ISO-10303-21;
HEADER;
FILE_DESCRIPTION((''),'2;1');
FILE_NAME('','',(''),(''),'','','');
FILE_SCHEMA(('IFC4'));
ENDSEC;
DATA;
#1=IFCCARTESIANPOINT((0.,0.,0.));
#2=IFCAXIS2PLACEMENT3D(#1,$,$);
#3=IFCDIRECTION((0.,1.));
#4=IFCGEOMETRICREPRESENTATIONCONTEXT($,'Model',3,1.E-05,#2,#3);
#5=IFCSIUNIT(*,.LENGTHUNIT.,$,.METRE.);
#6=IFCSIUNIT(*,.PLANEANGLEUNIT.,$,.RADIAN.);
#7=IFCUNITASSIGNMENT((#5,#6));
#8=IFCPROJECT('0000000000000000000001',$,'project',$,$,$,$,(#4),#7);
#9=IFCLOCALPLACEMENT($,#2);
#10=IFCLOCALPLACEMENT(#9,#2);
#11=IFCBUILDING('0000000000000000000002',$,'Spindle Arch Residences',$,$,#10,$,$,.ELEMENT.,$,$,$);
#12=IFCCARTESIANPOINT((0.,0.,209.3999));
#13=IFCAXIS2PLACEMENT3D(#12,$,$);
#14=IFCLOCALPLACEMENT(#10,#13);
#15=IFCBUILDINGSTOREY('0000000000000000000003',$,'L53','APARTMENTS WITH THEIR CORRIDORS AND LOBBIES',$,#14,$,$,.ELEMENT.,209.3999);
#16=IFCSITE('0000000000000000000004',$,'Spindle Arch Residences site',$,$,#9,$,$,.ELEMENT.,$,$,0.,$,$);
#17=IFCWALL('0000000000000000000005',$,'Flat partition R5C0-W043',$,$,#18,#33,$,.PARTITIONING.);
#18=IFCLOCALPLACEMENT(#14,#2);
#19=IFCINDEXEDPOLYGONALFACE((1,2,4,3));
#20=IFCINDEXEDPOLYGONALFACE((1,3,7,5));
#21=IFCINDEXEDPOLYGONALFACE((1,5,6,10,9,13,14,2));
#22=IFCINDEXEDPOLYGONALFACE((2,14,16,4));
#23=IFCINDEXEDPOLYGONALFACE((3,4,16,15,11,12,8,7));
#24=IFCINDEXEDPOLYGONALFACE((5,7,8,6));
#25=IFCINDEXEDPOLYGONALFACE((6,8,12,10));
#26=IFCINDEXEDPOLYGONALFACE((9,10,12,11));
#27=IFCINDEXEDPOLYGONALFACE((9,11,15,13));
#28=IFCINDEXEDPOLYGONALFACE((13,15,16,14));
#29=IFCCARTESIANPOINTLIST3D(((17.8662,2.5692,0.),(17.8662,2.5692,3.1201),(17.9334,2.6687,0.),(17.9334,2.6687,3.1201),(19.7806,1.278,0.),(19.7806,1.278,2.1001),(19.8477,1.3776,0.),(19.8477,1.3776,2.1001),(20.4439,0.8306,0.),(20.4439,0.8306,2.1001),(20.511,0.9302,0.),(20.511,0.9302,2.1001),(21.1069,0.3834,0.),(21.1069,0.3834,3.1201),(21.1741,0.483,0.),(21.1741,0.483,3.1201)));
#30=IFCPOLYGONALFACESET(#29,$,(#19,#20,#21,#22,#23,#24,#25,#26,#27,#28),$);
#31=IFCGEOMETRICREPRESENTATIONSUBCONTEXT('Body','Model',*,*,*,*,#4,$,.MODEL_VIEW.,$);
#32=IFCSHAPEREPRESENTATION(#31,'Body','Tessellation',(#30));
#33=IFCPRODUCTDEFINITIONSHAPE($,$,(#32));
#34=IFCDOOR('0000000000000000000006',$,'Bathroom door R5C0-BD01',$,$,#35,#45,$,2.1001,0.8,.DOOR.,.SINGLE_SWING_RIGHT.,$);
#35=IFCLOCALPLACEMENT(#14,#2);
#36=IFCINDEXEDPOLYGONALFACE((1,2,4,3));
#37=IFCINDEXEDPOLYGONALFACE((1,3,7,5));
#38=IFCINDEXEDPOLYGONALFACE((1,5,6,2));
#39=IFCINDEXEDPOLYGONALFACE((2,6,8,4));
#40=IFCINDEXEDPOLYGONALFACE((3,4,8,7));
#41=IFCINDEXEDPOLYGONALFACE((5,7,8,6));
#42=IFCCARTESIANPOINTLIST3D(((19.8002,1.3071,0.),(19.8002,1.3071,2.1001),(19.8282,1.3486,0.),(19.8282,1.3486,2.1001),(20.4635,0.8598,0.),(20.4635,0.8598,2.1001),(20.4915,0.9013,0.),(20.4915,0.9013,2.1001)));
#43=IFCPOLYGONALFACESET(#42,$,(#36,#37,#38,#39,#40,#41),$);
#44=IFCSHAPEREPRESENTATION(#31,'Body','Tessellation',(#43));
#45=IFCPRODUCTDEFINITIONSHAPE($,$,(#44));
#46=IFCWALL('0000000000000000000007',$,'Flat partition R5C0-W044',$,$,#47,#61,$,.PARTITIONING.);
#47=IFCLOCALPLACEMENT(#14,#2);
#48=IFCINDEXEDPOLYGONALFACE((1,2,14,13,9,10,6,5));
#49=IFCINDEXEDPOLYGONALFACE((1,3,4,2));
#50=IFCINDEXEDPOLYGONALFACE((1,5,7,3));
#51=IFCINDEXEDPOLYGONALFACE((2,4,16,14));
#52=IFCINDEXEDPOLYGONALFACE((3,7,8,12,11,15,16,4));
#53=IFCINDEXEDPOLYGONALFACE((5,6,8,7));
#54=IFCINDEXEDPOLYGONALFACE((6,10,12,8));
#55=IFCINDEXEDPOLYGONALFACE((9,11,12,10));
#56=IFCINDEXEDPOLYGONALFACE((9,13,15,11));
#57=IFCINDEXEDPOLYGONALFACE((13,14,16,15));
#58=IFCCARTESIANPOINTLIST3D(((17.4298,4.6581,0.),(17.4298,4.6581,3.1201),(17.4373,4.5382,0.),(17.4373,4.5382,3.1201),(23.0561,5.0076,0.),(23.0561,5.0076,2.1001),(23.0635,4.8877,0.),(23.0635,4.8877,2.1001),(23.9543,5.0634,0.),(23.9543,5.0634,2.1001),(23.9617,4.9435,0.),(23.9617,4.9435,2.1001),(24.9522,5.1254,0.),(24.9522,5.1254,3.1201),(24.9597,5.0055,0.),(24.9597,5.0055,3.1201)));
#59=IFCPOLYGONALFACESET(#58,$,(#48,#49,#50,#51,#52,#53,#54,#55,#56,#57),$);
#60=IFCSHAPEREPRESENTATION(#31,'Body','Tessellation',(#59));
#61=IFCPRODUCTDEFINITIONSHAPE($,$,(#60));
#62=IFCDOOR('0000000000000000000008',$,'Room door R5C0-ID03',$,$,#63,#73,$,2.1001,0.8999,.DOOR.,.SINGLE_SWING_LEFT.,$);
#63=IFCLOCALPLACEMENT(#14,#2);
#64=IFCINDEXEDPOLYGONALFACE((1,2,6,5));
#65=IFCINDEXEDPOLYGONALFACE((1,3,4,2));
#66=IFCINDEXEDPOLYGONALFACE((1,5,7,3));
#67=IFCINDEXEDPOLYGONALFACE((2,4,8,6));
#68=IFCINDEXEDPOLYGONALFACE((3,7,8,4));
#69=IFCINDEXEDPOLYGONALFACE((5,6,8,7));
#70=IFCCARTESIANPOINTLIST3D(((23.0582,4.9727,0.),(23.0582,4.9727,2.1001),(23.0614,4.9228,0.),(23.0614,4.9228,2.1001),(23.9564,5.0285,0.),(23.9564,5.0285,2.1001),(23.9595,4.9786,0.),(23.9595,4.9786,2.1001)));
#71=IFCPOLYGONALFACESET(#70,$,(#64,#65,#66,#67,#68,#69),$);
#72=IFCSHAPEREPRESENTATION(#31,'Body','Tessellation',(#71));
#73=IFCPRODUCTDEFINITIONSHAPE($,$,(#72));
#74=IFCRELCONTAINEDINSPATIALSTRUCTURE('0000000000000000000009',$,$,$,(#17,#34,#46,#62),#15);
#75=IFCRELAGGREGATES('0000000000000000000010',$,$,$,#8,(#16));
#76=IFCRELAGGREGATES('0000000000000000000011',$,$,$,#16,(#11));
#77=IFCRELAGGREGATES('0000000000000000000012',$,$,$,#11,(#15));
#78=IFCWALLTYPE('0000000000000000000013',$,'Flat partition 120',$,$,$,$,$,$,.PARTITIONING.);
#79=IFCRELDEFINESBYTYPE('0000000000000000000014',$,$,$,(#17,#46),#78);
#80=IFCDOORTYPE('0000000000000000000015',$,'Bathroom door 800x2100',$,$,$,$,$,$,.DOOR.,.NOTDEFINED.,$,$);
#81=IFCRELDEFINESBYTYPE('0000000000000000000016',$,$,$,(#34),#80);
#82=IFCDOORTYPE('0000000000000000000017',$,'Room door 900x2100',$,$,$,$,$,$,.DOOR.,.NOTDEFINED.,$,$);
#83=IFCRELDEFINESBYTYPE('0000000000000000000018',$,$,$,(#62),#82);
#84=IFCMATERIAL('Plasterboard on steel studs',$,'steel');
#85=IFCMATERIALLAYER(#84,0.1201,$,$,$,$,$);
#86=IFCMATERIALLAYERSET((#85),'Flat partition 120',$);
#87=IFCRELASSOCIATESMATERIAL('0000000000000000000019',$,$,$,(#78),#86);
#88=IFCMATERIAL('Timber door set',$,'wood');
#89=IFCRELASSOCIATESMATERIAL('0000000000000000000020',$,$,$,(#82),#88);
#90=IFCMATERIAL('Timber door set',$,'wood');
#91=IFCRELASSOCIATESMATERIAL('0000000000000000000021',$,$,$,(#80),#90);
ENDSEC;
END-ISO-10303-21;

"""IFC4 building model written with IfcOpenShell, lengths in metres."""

from ifc_helpers import new_model, si_unit, direction, frame, frame_2d, origin, place, context, subcontext, project, spatial, rectangle, extrude, material, layer, layer_set, type_object, element, fill, save


model = new_model("IFC4")

# Units and contexts
model_context = context("Model", 3, precision=1e-05, world=origin(), true_north=direction((0.0, 1.0)))
body_context = subcontext(model_context, "Body", "Model", "MODEL_VIEW")
ifc_project = project(units=[si_unit("LENGTHUNIT", "METRE"), si_unit("PLANEANGLEUNIT", "RADIAN")], contexts=[model_context])

# Site, building, storey
site_placement = place(None, origin())
site = spatial("IfcSite", under=ifc_project, at=site_placement, Name="Spindle Arch Residences site", CompositionType="ELEMENT", RefElevation=0.0)
building_placement = place(site_placement, origin())
building = spatial("IfcBuilding", under=site, at=building_placement, Name="Spindle Arch Residences", CompositionType="ELEMENT")
storey_placement = place(building_placement, frame((0.0, 0.0, 209.3999)))
storey = spatial("IfcBuildingStorey", under=building, at=storey_placement, Name="L53", Description="APARTMENTS WITH THEIR CORRIDORS AND LOBBIES", CompositionType="ELEMENT", Elevation=209.3999)

# Shared definitions
ifc_material_1 = material(Name="Plasterboard on steel studs", Category="steel")
ifc_layer_1 = layer(ifc_material_1, 0.1201)
ifc_layer_set_1 = layer_set([ifc_layer_1], Name="Flat partition 120")
wall_type_1 = type_object("IfcWallType", Name="Flat partition 120", PredefinedType="PARTITIONING", material=ifc_layer_set_1)
ifc_material_2 = material(Name="Timber door set", Category="wood")
door_type_1 = type_object("IfcDoorType", Name="Room door 900x2100", OperationType="NOTDEFINED", PredefinedType="DOOR", material=ifc_material_2)

# Walls, openings, doors
wall_1_placement = place(storey_placement, frame((21.1406, 0.4331, 0.0), z_axis=(0.0, 0.0, 1.0), x_axis=(-0.82905, 0.559175, 0.0)))
wall_1 = element("IfcWall", 1, at=wall_1_placement, inside=storey, type_object=wall_type_1, Name="Flat partition R5C0-W043", PredefinedType="PARTITIONING", context=body_context, shape_type="SweptSolid", body=[
    extrude(rectangle(XDim=3.9089, YDim=0.1201, at=frame_2d((1.9546, 0.0))), origin(), (0.0, 0.0, 1.0), 3.1201),
])
opening_1_placement = place(wall_1_placement, frame((0.8, 0.0, 0.0)))
opening_1 = element("IfcOpeningElement", 2, at=opening_1_placement, cuts=wall_1, PredefinedType="OPENING", context=body_context, shape_type="SweptSolid", body=[
    extrude(rectangle(XDim=0.8, YDim=2.1001, at=frame_2d((0.3999, 1.05))), frame((0.0, 0.0701, 0.0), z_axis=(0.0, -1.0, 0.0), x_axis=(1.0, 0.0, 0.0)), (0.0, 0.0, 1.0), 0.1401),
])
ifc_material_3 = material(Name="Timber door set", Category="wood")
door_type_2 = type_object("IfcDoorType", Name="Bathroom door 800x2100", OperationType="NOTDEFINED", PredefinedType="DOOR", material=ifc_material_3)
door_1_placement = place(opening_1_placement, origin())
door_1 = element("IfcDoor", 3, at=door_1_placement, inside=storey, type_object=door_type_2, Name="Bathroom door R5C0-BD01", OperationType="SINGLE_SWING_RIGHT", OverallHeight=2.1001, OverallWidth=0.8, PredefinedType="DOOR", context=body_context, shape_type="SweptSolid", body=[
    extrude(rectangle(XDim=0.8, YDim=2.1001, at=frame_2d((0.3999, 1.05))), frame((0.0, 0.0249, 0.0), z_axis=(0.0, -1.0, 0.0), x_axis=(1.0, 0.0, 0.0)), (0.0, 0.0, 1.0), 0.05),
])
fill(opening_1, door_1)
wall_2_placement = place(storey_placement, frame((24.9561, 5.0654, 0.0), z_axis=(0.0, 0.0, 1.0), x_axis=(-0.998076, -0.061999, 0.0)))
wall_2 = element("IfcWall", 4, at=wall_2_placement, inside=storey, type_object=wall_type_1, Name="Flat partition R5C0-W044", PredefinedType="PARTITIONING", context=body_context, shape_type="SweptSolid", body=[
    extrude(rectangle(XDim=7.5369, YDim=0.1201, at=frame_2d((3.7686, 0.0))), origin(), (0.0, 0.0, 1.0), 3.1201),
])
opening_2_placement = place(wall_2_placement, frame((1.0, 0.0, 0.0)))
opening_2 = element("IfcOpeningElement", 5, at=opening_2_placement, cuts=wall_2, PredefinedType="OPENING", context=body_context, shape_type="SweptSolid", body=[
    extrude(rectangle(XDim=0.8999, YDim=2.1001, at=frame_2d((0.45, 1.05))), frame((0.0, 0.0701, 0.0), z_axis=(0.0, -1.0, 0.0), x_axis=(1.0, 0.0, 0.0)), (0.0, 0.0, 1.0), 0.1401),
])
door_2_placement = place(opening_2_placement, origin())
door_2 = element("IfcDoor", 6, at=door_2_placement, inside=storey, type_object=door_type_1, Name="Room door R5C0-ID03", OperationType="SINGLE_SWING_LEFT", OverallHeight=2.1001, OverallWidth=0.8999, PredefinedType="DOOR", context=body_context, shape_type="SweptSolid", body=[
    extrude(rectangle(XDim=0.8999, YDim=2.1001, at=frame_2d((0.45, 1.05))), frame((0.0, 0.0249, 0.0), z_axis=(0.0, -1.0, 0.0), x_axis=(1.0, 0.0, 0.0)), (0.0, 0.0, 1.0), 0.05),
])
fill(opening_2, door_2)

save(model, "model.ifc")
